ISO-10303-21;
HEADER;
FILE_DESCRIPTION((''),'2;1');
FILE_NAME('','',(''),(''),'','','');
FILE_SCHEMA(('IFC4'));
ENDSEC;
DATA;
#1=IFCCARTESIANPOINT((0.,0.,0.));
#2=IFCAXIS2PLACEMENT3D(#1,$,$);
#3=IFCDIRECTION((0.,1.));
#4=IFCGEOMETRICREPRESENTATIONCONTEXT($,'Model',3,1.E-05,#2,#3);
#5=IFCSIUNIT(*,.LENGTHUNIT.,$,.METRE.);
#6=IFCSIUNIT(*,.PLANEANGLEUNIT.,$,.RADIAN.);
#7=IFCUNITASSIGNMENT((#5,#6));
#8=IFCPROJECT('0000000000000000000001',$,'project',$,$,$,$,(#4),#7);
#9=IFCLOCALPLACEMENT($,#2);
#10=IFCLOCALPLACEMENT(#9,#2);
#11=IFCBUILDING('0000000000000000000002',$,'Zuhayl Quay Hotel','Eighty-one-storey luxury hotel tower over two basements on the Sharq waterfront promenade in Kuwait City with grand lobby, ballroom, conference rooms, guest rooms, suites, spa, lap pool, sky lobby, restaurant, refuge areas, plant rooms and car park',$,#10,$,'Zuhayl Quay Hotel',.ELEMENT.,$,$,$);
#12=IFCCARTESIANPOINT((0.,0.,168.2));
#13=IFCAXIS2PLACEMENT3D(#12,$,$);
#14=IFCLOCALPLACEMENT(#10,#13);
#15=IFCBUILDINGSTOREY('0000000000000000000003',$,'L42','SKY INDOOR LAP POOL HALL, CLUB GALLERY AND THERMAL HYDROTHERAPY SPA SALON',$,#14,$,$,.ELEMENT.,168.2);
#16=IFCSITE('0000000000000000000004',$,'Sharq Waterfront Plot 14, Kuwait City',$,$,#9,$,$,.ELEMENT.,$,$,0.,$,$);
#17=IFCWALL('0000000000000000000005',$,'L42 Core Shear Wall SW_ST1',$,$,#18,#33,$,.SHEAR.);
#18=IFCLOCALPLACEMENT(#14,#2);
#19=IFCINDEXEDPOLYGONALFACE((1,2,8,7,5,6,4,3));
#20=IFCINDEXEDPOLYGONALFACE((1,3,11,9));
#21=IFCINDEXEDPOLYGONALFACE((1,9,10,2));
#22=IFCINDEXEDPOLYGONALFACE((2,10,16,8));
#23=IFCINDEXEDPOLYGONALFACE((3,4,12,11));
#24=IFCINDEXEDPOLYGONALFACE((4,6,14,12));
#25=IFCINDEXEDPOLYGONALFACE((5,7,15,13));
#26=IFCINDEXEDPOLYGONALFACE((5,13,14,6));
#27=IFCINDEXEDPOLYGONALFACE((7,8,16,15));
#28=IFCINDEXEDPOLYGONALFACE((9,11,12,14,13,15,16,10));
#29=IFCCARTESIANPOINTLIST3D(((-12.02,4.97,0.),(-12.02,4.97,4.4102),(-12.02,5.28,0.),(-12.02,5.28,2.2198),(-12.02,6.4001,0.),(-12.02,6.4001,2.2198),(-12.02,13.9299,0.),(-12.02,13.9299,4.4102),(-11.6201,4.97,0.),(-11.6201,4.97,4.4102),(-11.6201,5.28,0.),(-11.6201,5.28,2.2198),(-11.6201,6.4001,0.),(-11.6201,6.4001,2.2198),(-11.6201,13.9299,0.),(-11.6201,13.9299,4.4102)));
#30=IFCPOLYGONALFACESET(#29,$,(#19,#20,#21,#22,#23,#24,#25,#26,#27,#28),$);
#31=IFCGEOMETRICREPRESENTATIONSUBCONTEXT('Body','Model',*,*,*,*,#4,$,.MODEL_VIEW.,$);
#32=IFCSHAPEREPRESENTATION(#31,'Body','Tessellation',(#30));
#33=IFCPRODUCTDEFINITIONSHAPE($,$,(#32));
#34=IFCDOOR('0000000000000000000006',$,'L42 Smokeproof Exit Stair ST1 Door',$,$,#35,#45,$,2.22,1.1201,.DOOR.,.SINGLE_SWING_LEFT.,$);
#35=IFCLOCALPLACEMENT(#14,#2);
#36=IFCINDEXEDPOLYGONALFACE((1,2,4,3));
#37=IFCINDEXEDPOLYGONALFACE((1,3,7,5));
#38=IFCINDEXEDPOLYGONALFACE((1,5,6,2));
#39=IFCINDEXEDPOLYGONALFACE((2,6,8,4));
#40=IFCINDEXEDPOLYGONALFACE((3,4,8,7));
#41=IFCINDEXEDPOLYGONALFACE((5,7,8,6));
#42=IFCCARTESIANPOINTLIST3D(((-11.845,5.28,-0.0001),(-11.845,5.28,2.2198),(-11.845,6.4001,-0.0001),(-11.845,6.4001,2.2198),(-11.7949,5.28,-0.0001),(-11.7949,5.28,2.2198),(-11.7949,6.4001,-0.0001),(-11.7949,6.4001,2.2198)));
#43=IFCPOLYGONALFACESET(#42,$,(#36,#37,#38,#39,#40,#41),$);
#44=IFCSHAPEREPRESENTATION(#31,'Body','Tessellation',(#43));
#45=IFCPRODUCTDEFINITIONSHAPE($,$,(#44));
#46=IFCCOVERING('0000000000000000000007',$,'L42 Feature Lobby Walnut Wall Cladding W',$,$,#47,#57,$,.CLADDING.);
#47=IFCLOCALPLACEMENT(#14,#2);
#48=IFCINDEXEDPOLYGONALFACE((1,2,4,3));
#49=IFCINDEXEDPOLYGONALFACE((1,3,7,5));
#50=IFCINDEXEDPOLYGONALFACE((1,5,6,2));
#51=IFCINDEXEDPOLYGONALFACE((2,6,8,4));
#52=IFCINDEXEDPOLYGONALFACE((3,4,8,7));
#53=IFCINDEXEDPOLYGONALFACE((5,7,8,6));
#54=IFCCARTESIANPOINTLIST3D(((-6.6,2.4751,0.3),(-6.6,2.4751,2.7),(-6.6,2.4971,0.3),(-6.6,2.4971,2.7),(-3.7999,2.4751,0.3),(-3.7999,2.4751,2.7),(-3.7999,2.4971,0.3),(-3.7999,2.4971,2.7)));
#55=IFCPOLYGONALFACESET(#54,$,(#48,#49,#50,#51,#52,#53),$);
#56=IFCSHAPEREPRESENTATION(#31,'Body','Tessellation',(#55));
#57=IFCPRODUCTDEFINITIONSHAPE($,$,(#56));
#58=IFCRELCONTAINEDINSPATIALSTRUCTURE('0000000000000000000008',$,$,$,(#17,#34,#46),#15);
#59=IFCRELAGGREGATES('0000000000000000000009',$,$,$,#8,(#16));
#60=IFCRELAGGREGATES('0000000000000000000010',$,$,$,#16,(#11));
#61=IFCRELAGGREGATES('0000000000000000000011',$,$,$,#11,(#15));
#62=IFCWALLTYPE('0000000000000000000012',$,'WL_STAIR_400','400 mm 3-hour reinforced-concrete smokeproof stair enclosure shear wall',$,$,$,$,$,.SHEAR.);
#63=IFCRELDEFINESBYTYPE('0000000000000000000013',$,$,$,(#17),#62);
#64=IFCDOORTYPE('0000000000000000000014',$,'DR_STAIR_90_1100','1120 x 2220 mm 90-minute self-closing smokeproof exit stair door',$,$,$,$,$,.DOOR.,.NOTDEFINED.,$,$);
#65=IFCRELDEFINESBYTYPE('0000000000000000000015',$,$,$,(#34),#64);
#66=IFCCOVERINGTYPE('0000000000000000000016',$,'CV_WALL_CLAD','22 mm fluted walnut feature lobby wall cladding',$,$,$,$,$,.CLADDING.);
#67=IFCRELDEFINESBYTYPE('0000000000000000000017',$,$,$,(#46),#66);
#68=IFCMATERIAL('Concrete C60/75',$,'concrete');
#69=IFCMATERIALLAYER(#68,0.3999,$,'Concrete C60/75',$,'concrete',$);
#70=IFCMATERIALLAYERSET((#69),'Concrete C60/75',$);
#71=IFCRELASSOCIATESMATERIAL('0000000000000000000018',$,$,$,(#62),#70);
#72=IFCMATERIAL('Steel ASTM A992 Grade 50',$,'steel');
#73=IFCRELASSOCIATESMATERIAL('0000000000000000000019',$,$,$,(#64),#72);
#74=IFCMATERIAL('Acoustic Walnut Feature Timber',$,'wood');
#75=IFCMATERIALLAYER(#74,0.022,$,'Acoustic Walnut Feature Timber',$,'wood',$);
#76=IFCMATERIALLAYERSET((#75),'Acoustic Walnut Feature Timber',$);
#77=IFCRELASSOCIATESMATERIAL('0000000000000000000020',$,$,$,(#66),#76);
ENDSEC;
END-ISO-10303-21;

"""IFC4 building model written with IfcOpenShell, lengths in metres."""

from ifc_helpers import new_model, si_unit, direction, frame, frame_2d, origin, origin_2d, place, context, subcontext, project, spatial, rectangle, extrude, material, layer, layer_set, type_object, element, fill, save


model = new_model("IFC4")

# Units and contexts
model_context = context("Model", 3, precision=1e-05, world=origin(), true_north=direction((0.0, 1.0)))
body_context = subcontext(model_context, "Body", "Model", "MODEL_VIEW")
ifc_project = project(units=[si_unit("LENGTHUNIT", "METRE"), si_unit("PLANEANGLEUNIT", "RADIAN")], contexts=[model_context])

# Site, building, storey
site_placement = place(None, origin())
site = spatial("IfcSite", under=ifc_project, at=site_placement, Name="Sharq Waterfront Plot 14, Kuwait City", CompositionType="ELEMENT", RefElevation=0.0)
building_placement = place(site_placement, origin())
building = spatial("IfcBuilding", under=site, at=building_placement, Name="Zuhayl Quay Hotel", Description="Eighty-one-storey luxury hotel tower over two basements on the Sharq waterfront promenade in Kuwait City with grand lobby, ballroom, conference rooms, guest rooms, suites, spa, lap pool, sky lobby, restaurant, refuge areas, plant rooms and car park", LongName="Zuhayl Quay Hotel", CompositionType="ELEMENT")
storey_placement = place(building_placement, frame((0.0, 0.0, 168.2)))
storey = spatial("IfcBuildingStorey", under=building, at=storey_placement, Name="L42", Description="SKY INDOOR LAP POOL HALL, CLUB GALLERY AND THERMAL HYDROTHERAPY SPA SALON", CompositionType="ELEMENT", Elevation=168.2)

# Shared definitions
ifc_material_1 = material(Name="Concrete C60/75", Category="concrete")

# Shared definitions
ifc_material_2 = material(Name="Steel ASTM A992 Grade 50", Category="steel")

# Wall, opening, door
ifc_layer_1 = layer(ifc_material_1, 0.3999, Name="Concrete C60/75", Category="concrete")
ifc_layer_set_1 = layer_set([ifc_layer_1], Name="Concrete C60/75")
wall_type_1 = type_object("IfcWallType", Name="WL_STAIR_400", Description="400 mm 3-hour reinforced-concrete smokeproof stair enclosure shear wall", PredefinedType="SHEAR", material=ifc_layer_set_1)
wall_1_placement = place(storey_placement, frame((-11.8201, 4.97, 0.0), z_axis=(0.0, 0.0, 1.0), x_axis=(0.0, 1.0, 0.0)))
wall_1 = element("IfcWall", 1, at=wall_1_placement, inside=storey, type_object=wall_type_1, Name="L42 Core Shear Wall SW_ST1", PredefinedType="SHEAR", context=body_context, shape_type="SweptSolid", body=[
    extrude(rectangle(XDim=8.96, YDim=0.3999, at=frame_2d((4.48, 0.0))), origin(), (0.0, 0.0, 1.0), 4.4102),
])
opening_1_placement = place(wall_1_placement, frame((0.3101, 0.0, 0.0)))
opening_1 = element("IfcOpeningElement", 2, at=opening_1_placement, cuts=wall_1, PredefinedType="OPENING", context=body_context, shape_type="SweptSolid", body=[
    extrude(rectangle(XDim=1.1201, YDim=2.22, at=frame_2d((0.5601, 1.1099))), frame((0.0, 0.21, 0.0), z_axis=(0.0, -1.0, 0.0), x_axis=(1.0, 0.0, 0.0)), (0.0, 0.0, 1.0), 0.4199),
])
door_type_1 = type_object("IfcDoorType", Name="DR_STAIR_90_1100", Description="1120 x 2220 mm 90-minute self-closing smokeproof exit stair door", OperationType="NOTDEFINED", PredefinedType="DOOR", material=ifc_material_2)
door_1_placement = place(opening_1_placement, origin())
door_1 = element("IfcDoor", 3, at=door_1_placement, inside=storey, type_object=door_type_1, Name="L42 Smokeproof Exit Stair ST1 Door", OperationType="SINGLE_SWING_LEFT", OverallHeight=2.22, OverallWidth=1.1201, PredefinedType="DOOR", context=body_context, shape_type="SweptSolid", body=[
    extrude(rectangle(XDim=1.1201, YDim=2.22, at=frame_2d((0.5601, 1.1099))), frame((0.0, 0.0249, 0.0), z_axis=(0.0, -1.0, 0.0), x_axis=(1.0, 0.0, 0.0)), (0.0, 0.0, 1.0), 0.05),
])
fill(opening_1, door_1)

# Covering
ifc_material_3 = material(Name="Acoustic Walnut Feature Timber", Category="wood")
ifc_layer_2 = layer(ifc_material_3, 0.022, Name="Acoustic Walnut Feature Timber", Category="wood")
ifc_layer_set_2 = layer_set([ifc_layer_2], Name="Acoustic Walnut Feature Timber")
covering_type = type_object("IfcCoveringType", Name="CV_WALL_CLAD", Description="22 mm fluted walnut feature lobby wall cladding", PredefinedType="CLADDING", material=ifc_layer_set_2)
covering_placement = place(storey_placement, frame((-5.2, 2.4861, 0.3), z_axis=(0.0, 0.0, 1.0), x_axis=(1.0, 0.0, 0.0)))
element("IfcCovering", 4, at=covering_placement, inside=storey, type_object=covering_type, Name="L42 Feature Lobby Walnut Wall Cladding W", PredefinedType="CLADDING", context=body_context, shape_type="SweptSolid", body=[
    extrude(rectangle(XDim=2.8, YDim=0.022, at=origin_2d()), origin(), (0.0, 0.0, 1.0), 2.3999),
])

save(model, "model.ifc")
